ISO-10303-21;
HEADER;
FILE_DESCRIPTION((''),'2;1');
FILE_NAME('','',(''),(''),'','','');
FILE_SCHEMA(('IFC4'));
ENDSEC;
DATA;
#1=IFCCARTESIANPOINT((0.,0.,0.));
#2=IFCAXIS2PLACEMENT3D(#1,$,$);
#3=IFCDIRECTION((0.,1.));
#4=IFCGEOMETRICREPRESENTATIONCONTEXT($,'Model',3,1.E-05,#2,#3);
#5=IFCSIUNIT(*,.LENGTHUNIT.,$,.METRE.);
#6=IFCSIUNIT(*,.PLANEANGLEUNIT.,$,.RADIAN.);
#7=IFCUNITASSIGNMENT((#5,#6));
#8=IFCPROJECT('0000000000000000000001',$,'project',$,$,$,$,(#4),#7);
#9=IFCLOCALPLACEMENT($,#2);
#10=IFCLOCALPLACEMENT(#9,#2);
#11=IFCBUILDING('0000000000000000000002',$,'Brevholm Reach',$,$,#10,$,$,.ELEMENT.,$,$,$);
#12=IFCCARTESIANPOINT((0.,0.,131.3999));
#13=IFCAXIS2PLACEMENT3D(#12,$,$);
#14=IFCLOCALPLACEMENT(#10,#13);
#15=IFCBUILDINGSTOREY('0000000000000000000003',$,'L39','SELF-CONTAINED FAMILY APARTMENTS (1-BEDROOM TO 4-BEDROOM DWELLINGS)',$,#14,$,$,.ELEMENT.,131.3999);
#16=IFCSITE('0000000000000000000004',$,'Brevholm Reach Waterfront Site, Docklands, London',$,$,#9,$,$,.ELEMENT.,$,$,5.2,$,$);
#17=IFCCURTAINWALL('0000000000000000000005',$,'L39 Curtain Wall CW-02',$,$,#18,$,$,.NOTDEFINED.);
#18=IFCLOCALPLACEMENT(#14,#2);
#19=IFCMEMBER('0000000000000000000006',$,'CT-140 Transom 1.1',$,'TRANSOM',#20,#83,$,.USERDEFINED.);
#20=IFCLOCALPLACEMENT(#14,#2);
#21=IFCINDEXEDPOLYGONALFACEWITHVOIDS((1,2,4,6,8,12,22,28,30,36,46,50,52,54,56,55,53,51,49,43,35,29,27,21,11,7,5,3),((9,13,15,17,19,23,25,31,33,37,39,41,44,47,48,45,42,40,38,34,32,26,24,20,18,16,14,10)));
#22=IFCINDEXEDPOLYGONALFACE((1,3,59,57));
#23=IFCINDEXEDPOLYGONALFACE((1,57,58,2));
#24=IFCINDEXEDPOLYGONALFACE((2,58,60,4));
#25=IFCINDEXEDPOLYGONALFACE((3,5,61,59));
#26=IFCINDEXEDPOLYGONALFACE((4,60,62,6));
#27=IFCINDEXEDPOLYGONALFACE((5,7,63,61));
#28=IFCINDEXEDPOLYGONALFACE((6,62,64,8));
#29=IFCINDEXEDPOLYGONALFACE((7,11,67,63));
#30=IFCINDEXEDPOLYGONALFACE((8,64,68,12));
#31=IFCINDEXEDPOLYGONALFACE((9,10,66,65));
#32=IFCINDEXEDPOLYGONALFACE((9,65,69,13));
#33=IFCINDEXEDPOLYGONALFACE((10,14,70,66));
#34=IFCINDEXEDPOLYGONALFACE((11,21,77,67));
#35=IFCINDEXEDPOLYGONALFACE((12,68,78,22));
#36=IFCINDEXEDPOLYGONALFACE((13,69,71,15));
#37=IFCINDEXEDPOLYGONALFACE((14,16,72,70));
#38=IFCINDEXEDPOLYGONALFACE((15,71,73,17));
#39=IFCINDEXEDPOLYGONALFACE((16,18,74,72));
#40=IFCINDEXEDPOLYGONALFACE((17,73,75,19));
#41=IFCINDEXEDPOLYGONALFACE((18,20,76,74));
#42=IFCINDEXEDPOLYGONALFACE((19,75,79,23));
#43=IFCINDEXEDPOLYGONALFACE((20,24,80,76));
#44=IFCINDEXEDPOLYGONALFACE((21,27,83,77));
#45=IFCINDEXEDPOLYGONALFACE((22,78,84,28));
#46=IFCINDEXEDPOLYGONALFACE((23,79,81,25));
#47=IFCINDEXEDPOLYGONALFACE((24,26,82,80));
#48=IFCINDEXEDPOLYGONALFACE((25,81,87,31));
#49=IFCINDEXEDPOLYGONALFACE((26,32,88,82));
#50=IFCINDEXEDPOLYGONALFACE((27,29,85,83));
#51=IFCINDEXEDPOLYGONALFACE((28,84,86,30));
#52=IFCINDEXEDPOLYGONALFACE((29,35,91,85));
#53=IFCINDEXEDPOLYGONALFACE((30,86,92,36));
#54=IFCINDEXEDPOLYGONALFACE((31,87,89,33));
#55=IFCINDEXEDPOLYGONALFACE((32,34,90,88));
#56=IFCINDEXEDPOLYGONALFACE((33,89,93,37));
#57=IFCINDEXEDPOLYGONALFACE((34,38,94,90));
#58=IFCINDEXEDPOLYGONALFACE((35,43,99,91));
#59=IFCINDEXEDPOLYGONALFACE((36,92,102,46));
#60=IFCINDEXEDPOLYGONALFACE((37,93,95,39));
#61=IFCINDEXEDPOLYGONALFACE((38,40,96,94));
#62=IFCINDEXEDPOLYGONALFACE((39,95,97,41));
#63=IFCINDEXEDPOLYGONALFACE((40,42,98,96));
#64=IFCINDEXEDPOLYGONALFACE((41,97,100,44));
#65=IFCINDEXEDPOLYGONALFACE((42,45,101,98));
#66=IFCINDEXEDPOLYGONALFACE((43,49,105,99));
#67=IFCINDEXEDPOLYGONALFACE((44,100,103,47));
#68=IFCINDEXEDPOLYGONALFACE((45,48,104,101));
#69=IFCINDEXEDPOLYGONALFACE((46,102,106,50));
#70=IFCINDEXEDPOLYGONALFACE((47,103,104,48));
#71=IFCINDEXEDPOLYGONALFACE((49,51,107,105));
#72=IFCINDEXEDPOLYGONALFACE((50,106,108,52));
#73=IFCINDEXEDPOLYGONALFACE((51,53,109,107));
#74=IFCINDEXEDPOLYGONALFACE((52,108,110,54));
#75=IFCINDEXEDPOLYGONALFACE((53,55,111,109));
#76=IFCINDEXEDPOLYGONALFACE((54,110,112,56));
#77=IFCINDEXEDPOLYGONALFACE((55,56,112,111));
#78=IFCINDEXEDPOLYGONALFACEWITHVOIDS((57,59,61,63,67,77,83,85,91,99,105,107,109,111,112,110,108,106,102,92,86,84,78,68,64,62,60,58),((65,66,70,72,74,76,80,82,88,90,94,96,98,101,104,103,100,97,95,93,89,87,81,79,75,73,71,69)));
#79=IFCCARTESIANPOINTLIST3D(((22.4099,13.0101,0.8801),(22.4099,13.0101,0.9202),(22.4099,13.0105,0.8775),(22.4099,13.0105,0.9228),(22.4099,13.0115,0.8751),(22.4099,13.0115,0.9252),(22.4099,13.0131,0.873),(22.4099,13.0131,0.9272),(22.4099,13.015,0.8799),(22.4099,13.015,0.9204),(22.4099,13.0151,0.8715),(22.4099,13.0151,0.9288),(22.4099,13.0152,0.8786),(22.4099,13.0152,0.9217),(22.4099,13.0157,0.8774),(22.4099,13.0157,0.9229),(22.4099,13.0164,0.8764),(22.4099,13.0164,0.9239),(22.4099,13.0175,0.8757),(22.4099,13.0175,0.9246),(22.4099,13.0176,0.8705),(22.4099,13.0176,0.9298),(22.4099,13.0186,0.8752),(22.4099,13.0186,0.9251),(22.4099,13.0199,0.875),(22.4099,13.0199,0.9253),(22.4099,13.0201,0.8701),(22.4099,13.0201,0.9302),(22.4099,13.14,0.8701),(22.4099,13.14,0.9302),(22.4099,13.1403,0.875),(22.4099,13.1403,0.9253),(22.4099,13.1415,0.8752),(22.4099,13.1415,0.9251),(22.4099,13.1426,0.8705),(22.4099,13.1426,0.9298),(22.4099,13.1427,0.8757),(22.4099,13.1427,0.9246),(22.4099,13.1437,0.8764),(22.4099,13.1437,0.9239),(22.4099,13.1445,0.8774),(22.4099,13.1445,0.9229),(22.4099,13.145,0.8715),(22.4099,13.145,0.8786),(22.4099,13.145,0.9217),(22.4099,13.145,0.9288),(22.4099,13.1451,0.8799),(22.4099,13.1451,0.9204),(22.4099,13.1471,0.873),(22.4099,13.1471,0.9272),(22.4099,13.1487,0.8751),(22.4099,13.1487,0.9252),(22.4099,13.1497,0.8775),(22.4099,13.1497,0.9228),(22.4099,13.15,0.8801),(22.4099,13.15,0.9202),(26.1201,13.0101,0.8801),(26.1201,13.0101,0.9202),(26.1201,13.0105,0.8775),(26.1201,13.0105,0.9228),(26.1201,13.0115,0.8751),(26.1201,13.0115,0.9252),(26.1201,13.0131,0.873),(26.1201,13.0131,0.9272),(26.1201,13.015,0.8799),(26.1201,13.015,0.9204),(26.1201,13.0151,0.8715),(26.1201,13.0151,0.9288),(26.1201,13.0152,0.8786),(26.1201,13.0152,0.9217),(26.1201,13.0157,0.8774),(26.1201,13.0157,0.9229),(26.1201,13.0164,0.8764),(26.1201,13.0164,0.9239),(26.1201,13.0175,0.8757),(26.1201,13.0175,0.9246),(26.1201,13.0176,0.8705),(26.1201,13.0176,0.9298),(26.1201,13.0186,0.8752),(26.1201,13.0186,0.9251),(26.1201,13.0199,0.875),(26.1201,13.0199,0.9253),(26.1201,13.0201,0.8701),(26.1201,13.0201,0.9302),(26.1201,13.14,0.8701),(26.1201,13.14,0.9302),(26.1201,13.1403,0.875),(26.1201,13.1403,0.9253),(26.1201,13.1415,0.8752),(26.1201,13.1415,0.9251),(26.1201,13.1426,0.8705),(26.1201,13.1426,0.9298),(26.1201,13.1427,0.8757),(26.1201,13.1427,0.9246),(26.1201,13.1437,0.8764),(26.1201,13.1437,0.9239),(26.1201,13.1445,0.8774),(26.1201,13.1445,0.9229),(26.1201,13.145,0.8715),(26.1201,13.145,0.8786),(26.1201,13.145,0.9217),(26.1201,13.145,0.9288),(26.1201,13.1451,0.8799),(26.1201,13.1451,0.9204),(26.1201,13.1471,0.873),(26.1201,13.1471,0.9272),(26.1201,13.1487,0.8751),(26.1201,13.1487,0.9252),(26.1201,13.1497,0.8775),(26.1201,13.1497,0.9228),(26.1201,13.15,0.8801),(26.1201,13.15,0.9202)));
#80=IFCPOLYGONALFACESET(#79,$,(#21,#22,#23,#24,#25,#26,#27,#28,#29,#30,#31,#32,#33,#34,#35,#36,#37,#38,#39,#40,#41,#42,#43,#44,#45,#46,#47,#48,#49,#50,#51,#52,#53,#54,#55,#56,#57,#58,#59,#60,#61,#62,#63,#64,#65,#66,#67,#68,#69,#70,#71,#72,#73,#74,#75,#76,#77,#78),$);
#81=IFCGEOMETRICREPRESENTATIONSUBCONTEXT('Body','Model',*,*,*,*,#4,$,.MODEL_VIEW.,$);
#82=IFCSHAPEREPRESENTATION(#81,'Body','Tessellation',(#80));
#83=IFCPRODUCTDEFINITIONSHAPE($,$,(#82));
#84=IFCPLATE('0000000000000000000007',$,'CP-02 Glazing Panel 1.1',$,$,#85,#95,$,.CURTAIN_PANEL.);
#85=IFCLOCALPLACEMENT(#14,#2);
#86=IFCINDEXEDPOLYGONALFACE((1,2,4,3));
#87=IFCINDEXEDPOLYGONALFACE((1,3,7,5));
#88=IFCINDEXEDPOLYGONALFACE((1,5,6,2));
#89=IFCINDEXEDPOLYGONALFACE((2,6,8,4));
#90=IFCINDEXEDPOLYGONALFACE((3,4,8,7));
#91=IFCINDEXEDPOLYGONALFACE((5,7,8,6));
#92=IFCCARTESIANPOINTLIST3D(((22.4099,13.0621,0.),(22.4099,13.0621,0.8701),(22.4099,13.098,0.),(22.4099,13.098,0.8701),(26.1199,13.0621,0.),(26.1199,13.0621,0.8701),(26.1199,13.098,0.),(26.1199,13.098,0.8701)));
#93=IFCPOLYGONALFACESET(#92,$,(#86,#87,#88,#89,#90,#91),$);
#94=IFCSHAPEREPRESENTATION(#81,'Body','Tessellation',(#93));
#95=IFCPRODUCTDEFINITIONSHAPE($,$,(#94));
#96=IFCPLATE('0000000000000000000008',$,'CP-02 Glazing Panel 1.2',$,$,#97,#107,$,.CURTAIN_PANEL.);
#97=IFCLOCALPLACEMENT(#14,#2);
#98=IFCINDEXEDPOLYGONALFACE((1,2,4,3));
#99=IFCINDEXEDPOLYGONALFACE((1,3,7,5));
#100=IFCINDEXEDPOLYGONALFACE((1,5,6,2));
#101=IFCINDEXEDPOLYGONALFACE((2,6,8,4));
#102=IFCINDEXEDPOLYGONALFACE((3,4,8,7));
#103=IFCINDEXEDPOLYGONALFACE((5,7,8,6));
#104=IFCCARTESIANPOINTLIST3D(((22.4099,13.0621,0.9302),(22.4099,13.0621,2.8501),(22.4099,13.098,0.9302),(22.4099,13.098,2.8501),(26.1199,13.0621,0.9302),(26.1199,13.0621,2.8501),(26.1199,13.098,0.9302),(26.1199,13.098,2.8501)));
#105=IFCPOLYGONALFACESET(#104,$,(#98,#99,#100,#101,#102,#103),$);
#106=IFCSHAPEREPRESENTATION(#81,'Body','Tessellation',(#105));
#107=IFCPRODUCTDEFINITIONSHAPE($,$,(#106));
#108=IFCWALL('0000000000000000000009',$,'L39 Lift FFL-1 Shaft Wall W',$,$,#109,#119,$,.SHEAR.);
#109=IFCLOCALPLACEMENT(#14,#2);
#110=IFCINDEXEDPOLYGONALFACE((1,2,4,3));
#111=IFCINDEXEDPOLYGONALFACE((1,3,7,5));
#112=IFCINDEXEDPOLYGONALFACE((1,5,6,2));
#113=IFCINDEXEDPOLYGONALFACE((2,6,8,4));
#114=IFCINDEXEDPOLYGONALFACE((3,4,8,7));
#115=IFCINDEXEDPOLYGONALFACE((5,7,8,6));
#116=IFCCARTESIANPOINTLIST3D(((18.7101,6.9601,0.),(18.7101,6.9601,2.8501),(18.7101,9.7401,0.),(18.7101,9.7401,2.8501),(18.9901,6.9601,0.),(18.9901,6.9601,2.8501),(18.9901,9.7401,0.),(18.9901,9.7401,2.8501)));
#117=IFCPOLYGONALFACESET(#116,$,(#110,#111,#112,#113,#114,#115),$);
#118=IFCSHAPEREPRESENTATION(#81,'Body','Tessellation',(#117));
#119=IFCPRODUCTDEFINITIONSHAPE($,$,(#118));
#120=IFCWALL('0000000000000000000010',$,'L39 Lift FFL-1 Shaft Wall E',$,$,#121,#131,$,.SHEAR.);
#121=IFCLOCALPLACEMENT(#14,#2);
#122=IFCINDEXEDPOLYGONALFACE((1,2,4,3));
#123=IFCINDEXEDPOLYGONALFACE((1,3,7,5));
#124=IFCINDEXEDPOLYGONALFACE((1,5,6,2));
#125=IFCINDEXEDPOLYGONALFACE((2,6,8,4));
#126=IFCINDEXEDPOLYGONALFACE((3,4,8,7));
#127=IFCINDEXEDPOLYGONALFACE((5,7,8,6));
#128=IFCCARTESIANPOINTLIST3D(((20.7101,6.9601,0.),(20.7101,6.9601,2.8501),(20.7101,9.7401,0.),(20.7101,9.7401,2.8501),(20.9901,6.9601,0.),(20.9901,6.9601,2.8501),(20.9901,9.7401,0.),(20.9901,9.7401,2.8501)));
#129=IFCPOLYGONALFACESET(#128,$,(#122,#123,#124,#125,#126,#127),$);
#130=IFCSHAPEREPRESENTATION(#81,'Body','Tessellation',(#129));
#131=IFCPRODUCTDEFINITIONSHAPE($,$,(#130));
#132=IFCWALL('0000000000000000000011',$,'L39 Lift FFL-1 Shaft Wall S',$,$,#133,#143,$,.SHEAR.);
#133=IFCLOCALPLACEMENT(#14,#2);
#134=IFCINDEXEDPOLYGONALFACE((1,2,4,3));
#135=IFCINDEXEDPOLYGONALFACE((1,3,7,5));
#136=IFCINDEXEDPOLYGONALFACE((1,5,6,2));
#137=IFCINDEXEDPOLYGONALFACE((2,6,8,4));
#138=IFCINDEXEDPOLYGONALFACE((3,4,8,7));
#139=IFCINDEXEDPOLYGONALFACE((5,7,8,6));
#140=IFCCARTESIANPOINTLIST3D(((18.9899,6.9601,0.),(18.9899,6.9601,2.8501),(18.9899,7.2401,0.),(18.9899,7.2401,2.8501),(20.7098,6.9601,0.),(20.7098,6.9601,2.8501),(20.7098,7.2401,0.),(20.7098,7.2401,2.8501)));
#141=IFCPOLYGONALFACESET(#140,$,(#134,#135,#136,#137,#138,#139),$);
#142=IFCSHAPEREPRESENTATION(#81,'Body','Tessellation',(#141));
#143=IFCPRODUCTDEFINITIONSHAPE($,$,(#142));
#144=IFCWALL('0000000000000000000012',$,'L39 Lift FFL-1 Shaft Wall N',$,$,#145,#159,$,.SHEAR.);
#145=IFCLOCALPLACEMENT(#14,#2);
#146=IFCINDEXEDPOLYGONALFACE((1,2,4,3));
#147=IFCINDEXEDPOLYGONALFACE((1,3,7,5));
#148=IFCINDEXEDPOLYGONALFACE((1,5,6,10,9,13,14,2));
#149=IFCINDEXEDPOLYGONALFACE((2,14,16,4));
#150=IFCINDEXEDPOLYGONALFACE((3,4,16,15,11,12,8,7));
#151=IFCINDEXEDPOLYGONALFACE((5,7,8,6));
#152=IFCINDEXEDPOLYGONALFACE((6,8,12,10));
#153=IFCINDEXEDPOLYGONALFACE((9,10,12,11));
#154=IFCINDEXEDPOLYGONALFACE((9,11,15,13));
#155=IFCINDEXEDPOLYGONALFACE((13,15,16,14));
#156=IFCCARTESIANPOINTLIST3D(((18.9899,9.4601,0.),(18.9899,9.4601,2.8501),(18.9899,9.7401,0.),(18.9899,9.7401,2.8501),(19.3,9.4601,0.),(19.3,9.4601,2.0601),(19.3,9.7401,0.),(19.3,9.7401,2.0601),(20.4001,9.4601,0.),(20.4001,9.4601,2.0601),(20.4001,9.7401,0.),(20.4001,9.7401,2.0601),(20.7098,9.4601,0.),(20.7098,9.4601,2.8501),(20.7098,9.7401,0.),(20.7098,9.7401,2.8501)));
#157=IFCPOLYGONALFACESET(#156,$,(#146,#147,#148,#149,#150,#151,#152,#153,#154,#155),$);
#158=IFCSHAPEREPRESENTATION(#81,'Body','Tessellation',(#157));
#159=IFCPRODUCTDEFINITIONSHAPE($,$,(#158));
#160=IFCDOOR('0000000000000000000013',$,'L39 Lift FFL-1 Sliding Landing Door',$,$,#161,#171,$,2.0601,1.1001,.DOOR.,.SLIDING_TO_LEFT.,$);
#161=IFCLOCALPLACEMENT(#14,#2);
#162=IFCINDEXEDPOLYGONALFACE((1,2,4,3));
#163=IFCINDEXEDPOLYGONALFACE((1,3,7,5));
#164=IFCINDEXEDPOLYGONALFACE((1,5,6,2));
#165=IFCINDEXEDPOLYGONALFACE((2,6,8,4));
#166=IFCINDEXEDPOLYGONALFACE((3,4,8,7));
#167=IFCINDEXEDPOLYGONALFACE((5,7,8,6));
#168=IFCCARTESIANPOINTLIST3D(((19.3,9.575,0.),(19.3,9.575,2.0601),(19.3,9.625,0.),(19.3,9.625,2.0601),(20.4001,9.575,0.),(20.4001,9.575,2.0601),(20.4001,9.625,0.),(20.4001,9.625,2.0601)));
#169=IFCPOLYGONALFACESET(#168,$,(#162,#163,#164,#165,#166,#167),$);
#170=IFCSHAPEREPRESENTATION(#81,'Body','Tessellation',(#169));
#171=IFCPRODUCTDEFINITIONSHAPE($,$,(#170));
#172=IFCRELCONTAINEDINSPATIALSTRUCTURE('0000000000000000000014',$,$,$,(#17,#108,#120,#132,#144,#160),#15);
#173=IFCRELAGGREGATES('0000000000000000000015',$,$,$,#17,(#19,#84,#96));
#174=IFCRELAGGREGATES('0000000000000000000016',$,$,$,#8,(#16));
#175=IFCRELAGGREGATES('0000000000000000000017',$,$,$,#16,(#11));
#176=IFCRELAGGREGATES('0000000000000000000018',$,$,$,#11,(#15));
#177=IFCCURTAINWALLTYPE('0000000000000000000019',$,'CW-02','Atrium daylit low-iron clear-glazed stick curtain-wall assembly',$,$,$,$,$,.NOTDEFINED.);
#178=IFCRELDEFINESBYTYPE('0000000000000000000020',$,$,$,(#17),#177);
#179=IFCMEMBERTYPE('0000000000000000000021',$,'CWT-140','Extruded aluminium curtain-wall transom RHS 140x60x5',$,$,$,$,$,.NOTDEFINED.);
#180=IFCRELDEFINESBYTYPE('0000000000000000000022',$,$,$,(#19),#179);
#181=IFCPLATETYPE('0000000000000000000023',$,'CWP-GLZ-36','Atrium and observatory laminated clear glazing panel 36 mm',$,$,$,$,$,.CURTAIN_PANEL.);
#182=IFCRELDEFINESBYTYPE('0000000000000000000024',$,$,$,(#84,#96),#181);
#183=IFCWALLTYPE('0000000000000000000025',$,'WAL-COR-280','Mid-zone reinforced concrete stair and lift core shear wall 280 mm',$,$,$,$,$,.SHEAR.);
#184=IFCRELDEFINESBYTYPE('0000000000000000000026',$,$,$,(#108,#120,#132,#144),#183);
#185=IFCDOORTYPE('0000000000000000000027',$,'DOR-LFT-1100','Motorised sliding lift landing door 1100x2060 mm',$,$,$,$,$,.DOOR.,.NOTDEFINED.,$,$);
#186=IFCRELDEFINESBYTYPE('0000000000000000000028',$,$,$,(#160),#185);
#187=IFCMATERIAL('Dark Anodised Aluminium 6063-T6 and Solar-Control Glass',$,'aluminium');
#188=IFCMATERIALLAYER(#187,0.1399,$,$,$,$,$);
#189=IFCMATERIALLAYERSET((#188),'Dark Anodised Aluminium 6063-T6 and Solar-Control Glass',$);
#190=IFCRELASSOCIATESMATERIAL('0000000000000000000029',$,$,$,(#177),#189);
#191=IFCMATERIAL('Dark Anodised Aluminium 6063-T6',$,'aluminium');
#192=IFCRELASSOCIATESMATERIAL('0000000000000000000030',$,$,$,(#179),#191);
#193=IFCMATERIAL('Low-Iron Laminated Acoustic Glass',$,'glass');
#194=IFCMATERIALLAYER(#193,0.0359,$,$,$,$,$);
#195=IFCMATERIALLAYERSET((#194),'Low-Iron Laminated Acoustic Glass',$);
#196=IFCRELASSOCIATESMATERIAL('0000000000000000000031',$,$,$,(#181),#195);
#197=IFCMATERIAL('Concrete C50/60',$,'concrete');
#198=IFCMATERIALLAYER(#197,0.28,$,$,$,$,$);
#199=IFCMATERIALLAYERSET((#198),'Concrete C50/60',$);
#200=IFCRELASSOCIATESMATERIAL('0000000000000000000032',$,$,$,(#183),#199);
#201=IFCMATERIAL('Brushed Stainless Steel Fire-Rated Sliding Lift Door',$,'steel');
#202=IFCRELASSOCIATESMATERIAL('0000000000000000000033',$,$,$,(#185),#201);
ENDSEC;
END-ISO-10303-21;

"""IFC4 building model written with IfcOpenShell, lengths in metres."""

from ifc_helpers import new_model, si_unit, direction, frame, frame_2d, origin, origin_2d, place, context, subcontext, project, spatial, rectangle, hollow_rectangle, extrude, material, layer, layer_set, material_profile, profile_set, type_object, element, fill, aggregate, save


model = new_model("IFC4")

# Units and contexts
model_context = context("Model", 3, precision=1e-05, world=origin(), true_north=direction((0.0, 1.0)))
body_context = subcontext(model_context, "Body", "Model", "MODEL_VIEW")
ifc_project = project(units=[si_unit("LENGTHUNIT", "METRE"), si_unit("PLANEANGLEUNIT", "RADIAN")], contexts=[model_context])

# Site, building, storey
site_placement = place(None, origin())
site = spatial("IfcSite", under=ifc_project, at=site_placement, Name="Brevholm Reach Waterfront Site, Docklands, London", CompositionType="ELEMENT", RefElevation=5.2)
building_placement = place(site_placement, origin())
building = spatial("IfcBuilding", under=site, at=building_placement, Name="Brevholm Reach", CompositionType="ELEMENT")
storey_placement = place(building_placement, frame((0.0, 0.0, 131.3999)))
storey = spatial("IfcBuildingStorey", under=building, at=storey_placement, Name="L39", Description="SELF-CONTAINED FAMILY APARTMENTS (1-BEDROOM TO 4-BEDROOM DWELLINGS)", CompositionType="ELEMENT", Elevation=131.3999)

# Curtain wall, member, plates
ifc_material_1 = material(Name="Dark Anodised Aluminium 6063-T6 and Solar-Control Glass", Category="aluminium")
ifc_layer_1 = layer(ifc_material_1, 0.1399)
ifc_layer_set_1 = layer_set([ifc_layer_1], Name="Dark Anodised Aluminium 6063-T6 and Solar-Control Glass")
curtain_wall_type = type_object("IfcCurtainWallType", Name="CW-02", Description="Atrium daylit low-iron clear-glazed stick curtain-wall assembly", PredefinedType="NOTDEFINED", material=ifc_layer_set_1)
curtain_wall_placement = place(storey_placement, origin())
curtain_wall = element("IfcCurtainWall", 1, at=curtain_wall_placement, inside=storey, type_object=curtain_wall_type, Name="L39 Curtain Wall CW-02", PredefinedType="NOTDEFINED")
ifc_material_2 = material(Name="Dark Anodised Aluminium 6063-T6", Category="aluminium")
ifc_material_profile_1 = material_profile(ifc_material_2, hollow_rectangle(XDim=0.0601, YDim=0.1399, WallThickness=0.0049, InnerFilletRadius=0.0049, OuterFilletRadius=0.01, at=origin_2d()), Name="RHS 140x60x5")
ifc_profile_set_1 = profile_set([ifc_material_profile_1], Name="Dark Anodised Aluminium 6063-T6")
member_type_1 = type_object("IfcMemberType", Name="CWT-140", Description="Extruded aluminium curtain-wall transom RHS 140x60x5", PredefinedType="NOTDEFINED", material=ifc_profile_set_1)
member_1_placement = place(storey_placement, frame((22.4099, 13.0801, 0.9001), z_axis=(1.0, 0.0, 0.0), x_axis=(0.0, 0.0, 1.0)))
member_1 = element("IfcMember", 2, at=member_1_placement, type_object=member_type_1, Name="CT-140 Transom 1.1", ObjectType="TRANSOM", PredefinedType="USERDEFINED", context=body_context, shape_type="SweptSolid", body=[
    extrude(hollow_rectangle(XDim=0.0601, YDim=0.1399, WallThickness=0.0049, InnerFilletRadius=0.0049, OuterFilletRadius=0.01, at=origin_2d()), origin(), (0.0, 0.0, 1.0), 3.7102),
])
ifc_material_3 = material(Name="Low-Iron Laminated Acoustic Glass", Category="glass")
ifc_layer_2 = layer(ifc_material_3, 0.0359)
ifc_layer_set_2 = layer_set([ifc_layer_2], Name="Low-Iron Laminated Acoustic Glass")
plate_type = type_object("IfcPlateType", Name="CWP-GLZ-36", Description="Atrium and observatory laminated clear glazing panel 36 mm", PredefinedType="CURTAIN_PANEL", material=ifc_layer_set_2)
plate_1_placement = place(storey_placement, frame((24.2649, 13.0801, 0.0), z_axis=(0.0, 0.0, 1.0), x_axis=(1.0, 0.0, 0.0)))
plate_1 = element("IfcPlate", 3, at=plate_1_placement, type_object=plate_type, Name="CP-02 Glazing Panel 1.1", PredefinedType="CURTAIN_PANEL", context=body_context, shape_type="SweptSolid", body=[
    extrude(rectangle(XDim=3.71, YDim=0.0359, at=origin_2d()), origin(), (0.0, 0.0, 1.0), 0.8701),
])
plate_2_placement = place(storey_placement, frame((24.2649, 13.0801, 0.9302), z_axis=(0.0, 0.0, 1.0), x_axis=(1.0, 0.0, 0.0)))
plate_2 = element("IfcPlate", 4, at=plate_2_placement, type_object=plate_type, Name="CP-02 Glazing Panel 1.2", PredefinedType="CURTAIN_PANEL", context=body_context, shape_type="SweptSolid", body=[
    extrude(rectangle(XDim=3.71, YDim=0.0359, at=origin_2d()), origin(), (0.0, 0.0, 1.0), 1.9199),
])
aggregate(curtain_wall, [member_1, plate_1, plate_2])

# Walls
ifc_material_4 = material(Name="Concrete C50/60", Category="concrete")
ifc_layer_3 = layer(ifc_material_4, 0.28)
ifc_layer_set_3 = layer_set([ifc_layer_3], Name="Concrete C50/60")
wall_type_1 = type_object("IfcWallType", Name="WAL-COR-280", Description="Mid-zone reinforced concrete stair and lift core shear wall 280 mm", PredefinedType="SHEAR", material=ifc_layer_set_3)
for number, where, z_axis, x_axis, name in (
    (5, (18.8501, 6.96, 0.0), (0.0, 0.0, 1.0), (0.0, 1.0, 0.0), "L39 Lift FFL-1 Shaft Wall W"),
    (6, (20.8501, 6.96, 0.0), (0.0, 0.0, 1.0), (0.0, 1.0, 0.0), "L39 Lift FFL-1 Shaft Wall E"),
):
    element("IfcWall", number, at=place(storey_placement, frame(where, z_axis=z_axis, x_axis=x_axis)), inside=storey, type_object=wall_type_1, Name=name, PredefinedType="SHEAR", context=body_context, shape_type="SweptSolid", body=[
        extrude(rectangle(XDim=2.78, YDim=0.28, at=frame_2d((1.3901, 0.0))), origin(), (0.0, 0.0, 1.0), 2.8501),
    ])
wall_1_placement = place(storey_placement, frame((18.99, 7.1001, 0.0), z_axis=(0.0, 0.0, 1.0), x_axis=(1.0, 0.0, 0.0)))
element("IfcWall", 7, at=wall_1_placement, inside=storey, type_object=wall_type_1, Name="L39 Lift FFL-1 Shaft Wall S", PredefinedType="SHEAR", context=body_context, shape_type="SweptSolid", body=[
    extrude(rectangle(XDim=1.72, YDim=0.28, at=frame_2d((0.8599, 0.0))), origin(), (0.0, 0.0, 1.0), 2.8501),
])

# Wall, opening, door
wall_2_placement = place(storey_placement, frame((18.99, 9.6001, 0.0), z_axis=(0.0, 0.0, 1.0), x_axis=(1.0, 0.0, 0.0)))
wall_2 = element("IfcWall", 8, at=wall_2_placement, inside=storey, type_object=wall_type_1, Name="L39 Lift FFL-1 Shaft Wall N", PredefinedType="SHEAR", context=body_context, shape_type="SweptSolid", body=[
    extrude(rectangle(XDim=1.72, YDim=0.28, at=frame_2d((0.8599, 0.0))), origin(), (0.0, 0.0, 1.0), 2.8501),
])
opening_1_placement = place(wall_2_placement, frame((0.3101, 0.0, 0.0)))
opening_1 = element("IfcOpeningElement", 9, at=opening_1_placement, cuts=wall_2, PredefinedType="OPENING", context=body_context, shape_type="SweptSolid", body=[
    extrude(rectangle(XDim=1.1001, YDim=2.0601, at=frame_2d((0.55, 1.03))), frame((0.0, 0.1499, 0.0), z_axis=(0.0, -1.0, 0.0), x_axis=(1.0, 0.0, 0.0)), (0.0, 0.0, 1.0), 0.3),
])
ifc_material_5 = material(Name="Brushed Stainless Steel Fire-Rated Sliding Lift Door", Category="steel")
door_type_1 = type_object("IfcDoorType", Name="DOR-LFT-1100", Description="Motorised sliding lift landing door 1100x2060 mm", OperationType="NOTDEFINED", PredefinedType="DOOR", material=ifc_material_5)
door_1_placement = place(opening_1_placement, origin())
door_1 = element("IfcDoor", 10, at=door_1_placement, inside=storey, type_object=door_type_1, Name="L39 Lift FFL-1 Sliding Landing Door", OperationType="SLIDING_TO_LEFT", OverallHeight=2.0601, OverallWidth=1.1001, PredefinedType="DOOR", context=body_context, shape_type="SweptSolid", body=[
    extrude(rectangle(XDim=1.1001, YDim=2.0601, at=frame_2d((0.55, 1.03))), frame((0.0, 0.0249, 0.0), z_axis=(0.0, -1.0, 0.0), x_axis=(1.0, 0.0, 0.0)), (0.0, 0.0, 1.0), 0.05),
])
fill(opening_1, door_1)

save(model, "model.ifc")
